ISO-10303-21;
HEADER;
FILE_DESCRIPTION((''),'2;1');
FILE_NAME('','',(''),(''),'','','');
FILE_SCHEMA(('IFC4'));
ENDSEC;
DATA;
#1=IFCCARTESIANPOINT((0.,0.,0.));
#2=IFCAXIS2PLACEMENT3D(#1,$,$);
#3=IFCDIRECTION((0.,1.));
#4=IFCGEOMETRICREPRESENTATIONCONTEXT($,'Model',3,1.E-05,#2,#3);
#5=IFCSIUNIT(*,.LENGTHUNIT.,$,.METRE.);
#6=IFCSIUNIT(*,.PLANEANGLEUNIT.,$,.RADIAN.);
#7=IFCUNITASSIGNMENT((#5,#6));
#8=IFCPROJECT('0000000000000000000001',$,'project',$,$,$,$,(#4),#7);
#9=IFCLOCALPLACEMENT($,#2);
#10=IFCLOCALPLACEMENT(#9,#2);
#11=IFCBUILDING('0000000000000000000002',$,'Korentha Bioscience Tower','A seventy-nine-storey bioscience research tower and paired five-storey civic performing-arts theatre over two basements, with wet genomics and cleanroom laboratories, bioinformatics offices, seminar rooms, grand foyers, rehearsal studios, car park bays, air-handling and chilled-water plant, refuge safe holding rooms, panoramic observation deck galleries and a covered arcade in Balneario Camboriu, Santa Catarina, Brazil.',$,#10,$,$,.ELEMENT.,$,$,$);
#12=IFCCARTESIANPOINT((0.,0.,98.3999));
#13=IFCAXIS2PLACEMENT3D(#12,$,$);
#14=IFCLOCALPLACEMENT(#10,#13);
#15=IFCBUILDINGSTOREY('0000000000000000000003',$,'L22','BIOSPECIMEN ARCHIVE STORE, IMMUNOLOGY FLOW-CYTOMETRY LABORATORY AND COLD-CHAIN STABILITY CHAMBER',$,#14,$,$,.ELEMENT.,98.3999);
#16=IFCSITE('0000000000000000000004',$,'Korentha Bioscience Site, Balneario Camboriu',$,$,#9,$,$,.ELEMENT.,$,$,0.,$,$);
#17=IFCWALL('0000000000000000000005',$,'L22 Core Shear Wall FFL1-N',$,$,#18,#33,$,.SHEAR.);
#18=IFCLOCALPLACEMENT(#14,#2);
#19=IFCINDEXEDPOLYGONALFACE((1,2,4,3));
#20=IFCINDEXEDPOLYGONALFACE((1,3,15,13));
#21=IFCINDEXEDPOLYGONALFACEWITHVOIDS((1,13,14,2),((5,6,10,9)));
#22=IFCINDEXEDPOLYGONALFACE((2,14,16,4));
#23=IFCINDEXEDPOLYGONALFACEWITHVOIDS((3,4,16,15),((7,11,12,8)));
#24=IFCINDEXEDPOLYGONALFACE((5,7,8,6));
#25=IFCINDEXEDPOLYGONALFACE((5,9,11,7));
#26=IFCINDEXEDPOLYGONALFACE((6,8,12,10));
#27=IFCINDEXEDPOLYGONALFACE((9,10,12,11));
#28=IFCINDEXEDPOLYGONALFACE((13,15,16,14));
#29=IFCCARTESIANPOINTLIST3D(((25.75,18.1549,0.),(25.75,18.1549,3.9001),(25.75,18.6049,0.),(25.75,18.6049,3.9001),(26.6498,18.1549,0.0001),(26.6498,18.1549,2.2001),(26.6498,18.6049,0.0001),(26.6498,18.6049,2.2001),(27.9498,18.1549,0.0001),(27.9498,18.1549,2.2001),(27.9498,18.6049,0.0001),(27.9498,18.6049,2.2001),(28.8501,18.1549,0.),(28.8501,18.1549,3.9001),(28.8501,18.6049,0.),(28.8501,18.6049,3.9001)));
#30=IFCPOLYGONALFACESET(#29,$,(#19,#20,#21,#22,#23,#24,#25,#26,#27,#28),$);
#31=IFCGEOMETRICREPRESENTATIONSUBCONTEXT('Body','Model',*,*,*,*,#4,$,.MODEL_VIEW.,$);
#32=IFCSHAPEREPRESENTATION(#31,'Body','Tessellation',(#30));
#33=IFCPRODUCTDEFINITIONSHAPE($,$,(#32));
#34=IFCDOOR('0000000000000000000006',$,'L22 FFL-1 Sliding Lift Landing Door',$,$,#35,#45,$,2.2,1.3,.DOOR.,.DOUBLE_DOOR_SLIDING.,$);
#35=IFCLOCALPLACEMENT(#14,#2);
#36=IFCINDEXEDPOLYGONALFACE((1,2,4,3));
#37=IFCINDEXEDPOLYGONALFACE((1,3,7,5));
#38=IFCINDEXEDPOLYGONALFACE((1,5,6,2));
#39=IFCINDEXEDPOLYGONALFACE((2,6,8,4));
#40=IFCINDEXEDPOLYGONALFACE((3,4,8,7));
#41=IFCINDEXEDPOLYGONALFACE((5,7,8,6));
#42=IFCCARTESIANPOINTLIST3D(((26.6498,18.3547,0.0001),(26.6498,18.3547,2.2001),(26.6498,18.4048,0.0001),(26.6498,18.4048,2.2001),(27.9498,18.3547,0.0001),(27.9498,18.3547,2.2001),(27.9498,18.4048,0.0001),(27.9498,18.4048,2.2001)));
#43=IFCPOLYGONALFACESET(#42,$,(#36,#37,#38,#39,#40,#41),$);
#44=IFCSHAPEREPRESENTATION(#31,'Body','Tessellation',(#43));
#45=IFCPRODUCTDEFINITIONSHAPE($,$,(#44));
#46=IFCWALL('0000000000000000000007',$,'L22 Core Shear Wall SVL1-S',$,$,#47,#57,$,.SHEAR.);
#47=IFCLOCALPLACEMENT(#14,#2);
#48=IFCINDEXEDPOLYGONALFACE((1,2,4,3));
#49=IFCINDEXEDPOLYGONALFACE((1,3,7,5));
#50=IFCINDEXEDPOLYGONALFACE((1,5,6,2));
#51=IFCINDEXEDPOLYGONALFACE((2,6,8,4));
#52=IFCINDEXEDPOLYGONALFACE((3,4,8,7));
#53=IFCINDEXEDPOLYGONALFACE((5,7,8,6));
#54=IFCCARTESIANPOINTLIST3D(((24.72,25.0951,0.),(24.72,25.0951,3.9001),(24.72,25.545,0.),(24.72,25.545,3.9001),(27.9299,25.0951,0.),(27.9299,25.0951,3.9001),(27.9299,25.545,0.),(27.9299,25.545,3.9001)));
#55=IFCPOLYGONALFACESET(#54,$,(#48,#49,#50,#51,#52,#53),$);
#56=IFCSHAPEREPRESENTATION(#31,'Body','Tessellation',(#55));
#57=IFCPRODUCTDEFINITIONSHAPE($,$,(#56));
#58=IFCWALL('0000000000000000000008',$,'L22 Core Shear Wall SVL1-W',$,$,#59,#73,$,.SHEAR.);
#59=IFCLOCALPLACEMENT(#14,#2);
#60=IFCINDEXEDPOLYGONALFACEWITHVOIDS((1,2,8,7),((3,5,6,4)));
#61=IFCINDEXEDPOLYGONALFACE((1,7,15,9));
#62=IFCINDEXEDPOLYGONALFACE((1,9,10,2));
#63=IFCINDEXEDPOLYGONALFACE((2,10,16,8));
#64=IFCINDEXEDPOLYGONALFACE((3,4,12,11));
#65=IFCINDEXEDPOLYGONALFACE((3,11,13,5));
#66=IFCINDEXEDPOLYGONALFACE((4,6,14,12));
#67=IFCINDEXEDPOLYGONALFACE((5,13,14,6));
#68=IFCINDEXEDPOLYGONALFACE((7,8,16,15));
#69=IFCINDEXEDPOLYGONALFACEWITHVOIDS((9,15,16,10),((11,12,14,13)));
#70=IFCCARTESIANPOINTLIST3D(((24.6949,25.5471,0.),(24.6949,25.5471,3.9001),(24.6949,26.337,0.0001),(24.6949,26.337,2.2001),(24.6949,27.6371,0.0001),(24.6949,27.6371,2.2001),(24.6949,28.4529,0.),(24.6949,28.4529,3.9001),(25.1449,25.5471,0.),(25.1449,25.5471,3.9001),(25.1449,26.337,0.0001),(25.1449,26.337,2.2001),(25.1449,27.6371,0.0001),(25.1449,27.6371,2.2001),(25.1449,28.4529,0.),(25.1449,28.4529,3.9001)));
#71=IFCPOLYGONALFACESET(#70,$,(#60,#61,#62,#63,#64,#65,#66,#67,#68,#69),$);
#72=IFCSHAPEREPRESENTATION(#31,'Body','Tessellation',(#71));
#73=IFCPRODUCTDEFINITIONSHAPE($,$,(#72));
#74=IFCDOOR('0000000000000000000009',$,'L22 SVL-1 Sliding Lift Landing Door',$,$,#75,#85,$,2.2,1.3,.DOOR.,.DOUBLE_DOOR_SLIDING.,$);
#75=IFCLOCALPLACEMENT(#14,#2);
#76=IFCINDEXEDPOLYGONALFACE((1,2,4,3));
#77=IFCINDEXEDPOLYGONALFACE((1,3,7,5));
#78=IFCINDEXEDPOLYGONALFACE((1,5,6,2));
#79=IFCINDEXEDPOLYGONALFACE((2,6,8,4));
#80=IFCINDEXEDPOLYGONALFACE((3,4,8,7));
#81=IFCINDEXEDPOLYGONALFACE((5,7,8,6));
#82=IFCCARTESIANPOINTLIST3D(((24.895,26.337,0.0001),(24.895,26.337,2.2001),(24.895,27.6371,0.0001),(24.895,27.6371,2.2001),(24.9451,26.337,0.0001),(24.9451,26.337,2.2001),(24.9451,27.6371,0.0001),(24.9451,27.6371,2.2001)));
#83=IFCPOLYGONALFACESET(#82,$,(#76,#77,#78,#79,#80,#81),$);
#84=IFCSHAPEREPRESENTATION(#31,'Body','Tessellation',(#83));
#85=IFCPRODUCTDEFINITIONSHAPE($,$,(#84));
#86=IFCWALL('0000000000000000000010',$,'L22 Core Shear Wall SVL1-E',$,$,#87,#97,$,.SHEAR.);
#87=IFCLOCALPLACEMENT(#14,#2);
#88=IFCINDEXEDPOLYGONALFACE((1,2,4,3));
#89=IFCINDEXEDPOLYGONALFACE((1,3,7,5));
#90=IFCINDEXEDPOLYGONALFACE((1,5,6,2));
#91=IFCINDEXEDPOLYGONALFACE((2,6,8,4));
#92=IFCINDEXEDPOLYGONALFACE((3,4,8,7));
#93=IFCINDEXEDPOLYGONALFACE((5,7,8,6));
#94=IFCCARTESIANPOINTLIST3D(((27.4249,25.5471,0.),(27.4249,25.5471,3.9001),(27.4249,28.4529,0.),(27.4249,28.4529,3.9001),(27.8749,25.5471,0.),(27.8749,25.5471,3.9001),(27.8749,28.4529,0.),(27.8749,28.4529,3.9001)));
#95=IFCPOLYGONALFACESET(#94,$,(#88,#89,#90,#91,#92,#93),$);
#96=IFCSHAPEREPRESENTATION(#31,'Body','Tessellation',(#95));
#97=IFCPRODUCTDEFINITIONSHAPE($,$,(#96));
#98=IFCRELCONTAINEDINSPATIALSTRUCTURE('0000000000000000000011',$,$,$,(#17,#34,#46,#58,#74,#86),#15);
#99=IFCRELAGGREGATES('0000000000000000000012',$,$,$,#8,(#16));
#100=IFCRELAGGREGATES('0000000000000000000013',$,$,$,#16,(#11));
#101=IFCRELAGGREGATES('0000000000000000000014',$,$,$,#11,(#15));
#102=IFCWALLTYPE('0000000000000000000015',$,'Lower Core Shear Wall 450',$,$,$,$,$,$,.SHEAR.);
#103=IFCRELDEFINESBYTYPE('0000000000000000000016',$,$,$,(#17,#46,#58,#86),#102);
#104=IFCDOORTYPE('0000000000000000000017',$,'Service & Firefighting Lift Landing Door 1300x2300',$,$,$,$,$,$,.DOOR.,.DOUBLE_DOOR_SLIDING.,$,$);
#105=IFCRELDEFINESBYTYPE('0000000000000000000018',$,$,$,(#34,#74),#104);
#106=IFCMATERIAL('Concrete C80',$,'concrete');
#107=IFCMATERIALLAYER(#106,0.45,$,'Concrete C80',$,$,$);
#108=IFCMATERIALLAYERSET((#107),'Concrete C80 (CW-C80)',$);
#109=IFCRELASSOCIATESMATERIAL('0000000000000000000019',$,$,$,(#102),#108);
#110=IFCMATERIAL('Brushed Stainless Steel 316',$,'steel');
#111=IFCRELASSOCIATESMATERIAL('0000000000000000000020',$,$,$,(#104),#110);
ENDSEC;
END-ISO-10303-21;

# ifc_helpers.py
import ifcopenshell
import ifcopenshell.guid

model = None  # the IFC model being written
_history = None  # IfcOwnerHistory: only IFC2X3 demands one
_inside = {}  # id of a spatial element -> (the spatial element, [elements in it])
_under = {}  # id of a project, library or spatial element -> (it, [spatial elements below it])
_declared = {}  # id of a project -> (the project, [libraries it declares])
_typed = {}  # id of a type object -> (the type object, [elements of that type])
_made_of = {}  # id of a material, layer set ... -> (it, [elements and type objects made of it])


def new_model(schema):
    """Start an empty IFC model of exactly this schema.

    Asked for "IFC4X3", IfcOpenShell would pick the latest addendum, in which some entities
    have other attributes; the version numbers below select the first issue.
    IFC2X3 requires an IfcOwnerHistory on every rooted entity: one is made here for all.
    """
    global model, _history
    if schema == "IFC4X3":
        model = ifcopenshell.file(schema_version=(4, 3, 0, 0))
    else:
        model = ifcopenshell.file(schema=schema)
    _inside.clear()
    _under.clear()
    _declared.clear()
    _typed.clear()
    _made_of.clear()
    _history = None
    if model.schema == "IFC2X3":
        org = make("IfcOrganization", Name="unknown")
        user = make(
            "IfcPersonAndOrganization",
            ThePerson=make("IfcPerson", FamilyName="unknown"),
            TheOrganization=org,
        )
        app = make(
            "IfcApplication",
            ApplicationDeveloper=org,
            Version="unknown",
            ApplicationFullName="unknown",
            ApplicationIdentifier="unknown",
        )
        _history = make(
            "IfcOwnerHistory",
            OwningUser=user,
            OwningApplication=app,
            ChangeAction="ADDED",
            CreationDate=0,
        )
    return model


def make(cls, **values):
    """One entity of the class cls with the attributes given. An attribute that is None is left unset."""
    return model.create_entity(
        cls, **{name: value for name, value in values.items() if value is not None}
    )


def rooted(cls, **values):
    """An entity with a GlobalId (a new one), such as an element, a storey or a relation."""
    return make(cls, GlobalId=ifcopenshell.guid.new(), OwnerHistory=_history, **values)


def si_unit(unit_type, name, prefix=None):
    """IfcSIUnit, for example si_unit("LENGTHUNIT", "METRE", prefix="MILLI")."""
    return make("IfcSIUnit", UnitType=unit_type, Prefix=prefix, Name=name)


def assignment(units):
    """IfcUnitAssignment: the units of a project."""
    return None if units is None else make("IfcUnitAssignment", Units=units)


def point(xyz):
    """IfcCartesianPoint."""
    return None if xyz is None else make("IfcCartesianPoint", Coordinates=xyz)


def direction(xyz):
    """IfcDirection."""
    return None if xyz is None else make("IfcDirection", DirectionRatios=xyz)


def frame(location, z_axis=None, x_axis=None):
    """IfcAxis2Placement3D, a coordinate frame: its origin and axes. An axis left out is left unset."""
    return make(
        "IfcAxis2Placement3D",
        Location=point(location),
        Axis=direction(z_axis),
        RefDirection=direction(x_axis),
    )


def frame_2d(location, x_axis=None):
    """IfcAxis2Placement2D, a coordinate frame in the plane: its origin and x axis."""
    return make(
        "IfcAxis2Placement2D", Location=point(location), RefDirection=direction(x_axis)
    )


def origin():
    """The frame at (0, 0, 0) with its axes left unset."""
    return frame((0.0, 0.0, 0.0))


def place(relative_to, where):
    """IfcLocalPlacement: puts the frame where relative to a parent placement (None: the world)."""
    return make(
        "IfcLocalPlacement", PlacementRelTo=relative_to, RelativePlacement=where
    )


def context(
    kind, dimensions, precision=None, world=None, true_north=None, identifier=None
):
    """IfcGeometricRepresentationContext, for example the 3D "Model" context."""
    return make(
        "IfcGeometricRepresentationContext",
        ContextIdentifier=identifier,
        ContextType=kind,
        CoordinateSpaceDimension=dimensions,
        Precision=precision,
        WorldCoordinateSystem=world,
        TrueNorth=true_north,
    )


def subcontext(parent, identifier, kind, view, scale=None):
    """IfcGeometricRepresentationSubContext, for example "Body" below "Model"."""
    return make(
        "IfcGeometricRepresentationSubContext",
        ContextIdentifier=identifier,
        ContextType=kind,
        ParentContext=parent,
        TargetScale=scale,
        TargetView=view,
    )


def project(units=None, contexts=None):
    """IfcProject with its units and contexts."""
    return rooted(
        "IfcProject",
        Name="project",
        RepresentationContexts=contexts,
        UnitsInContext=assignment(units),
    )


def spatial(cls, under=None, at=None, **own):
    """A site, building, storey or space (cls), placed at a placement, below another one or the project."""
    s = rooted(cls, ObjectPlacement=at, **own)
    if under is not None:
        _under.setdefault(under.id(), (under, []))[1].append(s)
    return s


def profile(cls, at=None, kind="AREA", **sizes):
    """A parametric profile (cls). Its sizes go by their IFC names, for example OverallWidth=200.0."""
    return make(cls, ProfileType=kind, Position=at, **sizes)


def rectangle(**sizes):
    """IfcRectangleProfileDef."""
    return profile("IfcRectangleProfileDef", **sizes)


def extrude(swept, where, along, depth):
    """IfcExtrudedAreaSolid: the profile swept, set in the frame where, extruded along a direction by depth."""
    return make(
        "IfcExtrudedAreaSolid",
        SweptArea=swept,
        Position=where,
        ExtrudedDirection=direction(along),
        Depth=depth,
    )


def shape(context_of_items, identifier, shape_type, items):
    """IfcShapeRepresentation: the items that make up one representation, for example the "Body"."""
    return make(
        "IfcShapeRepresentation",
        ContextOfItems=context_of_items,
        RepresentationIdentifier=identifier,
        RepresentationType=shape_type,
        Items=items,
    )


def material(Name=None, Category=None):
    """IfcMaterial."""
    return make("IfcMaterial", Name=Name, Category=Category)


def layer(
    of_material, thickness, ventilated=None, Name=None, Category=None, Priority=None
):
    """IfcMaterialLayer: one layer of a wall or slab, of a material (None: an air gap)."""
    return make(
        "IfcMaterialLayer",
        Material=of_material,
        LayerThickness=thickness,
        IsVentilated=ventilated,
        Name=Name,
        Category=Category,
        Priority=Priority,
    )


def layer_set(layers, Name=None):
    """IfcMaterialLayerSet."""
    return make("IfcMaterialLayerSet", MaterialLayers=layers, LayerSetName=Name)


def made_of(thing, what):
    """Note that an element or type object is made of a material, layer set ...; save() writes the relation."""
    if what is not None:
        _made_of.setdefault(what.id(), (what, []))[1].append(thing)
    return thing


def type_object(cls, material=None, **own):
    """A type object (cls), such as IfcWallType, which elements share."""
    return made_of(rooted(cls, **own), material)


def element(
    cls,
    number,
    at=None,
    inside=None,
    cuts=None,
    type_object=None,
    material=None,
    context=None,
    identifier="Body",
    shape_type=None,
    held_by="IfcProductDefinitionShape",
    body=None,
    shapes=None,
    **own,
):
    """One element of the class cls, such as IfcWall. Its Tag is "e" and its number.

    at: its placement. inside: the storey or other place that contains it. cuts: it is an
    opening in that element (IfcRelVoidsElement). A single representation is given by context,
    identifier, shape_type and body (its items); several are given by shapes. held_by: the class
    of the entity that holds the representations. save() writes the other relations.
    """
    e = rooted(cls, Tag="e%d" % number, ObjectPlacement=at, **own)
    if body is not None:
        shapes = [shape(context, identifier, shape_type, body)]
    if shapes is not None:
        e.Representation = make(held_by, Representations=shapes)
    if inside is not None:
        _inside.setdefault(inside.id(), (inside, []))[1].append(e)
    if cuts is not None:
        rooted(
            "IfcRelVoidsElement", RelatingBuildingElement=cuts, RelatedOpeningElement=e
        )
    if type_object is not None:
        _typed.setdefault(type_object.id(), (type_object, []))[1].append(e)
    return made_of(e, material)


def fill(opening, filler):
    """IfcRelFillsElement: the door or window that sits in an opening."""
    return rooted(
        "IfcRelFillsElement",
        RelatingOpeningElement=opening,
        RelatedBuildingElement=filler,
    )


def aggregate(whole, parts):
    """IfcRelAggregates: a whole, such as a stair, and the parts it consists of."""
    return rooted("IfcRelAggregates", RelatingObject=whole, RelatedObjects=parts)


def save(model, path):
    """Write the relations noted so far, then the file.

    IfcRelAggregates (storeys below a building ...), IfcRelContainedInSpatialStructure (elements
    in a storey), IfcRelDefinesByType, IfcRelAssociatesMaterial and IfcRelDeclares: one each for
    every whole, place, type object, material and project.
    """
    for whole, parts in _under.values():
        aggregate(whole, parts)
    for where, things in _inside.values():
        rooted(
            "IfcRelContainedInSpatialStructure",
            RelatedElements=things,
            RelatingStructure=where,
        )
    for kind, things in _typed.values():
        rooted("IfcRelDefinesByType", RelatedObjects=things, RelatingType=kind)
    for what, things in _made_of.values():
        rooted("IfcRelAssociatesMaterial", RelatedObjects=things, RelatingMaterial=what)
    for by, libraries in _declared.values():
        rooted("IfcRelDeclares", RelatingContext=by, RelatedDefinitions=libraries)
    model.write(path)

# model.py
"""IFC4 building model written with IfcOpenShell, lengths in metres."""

from ifc_helpers import new_model, si_unit, direction, frame, frame_2d, origin, place, context, subcontext, project, spatial, rectangle, extrude, material, layer, layer_set, type_object, element, fill, save


model = new_model("IFC4")

# Units and contexts
model_context = context("Model", 3, precision=1e-05, world=origin(), true_north=direction((0.0, 1.0)))
body_context = subcontext(model_context, "Body", "Model", "MODEL_VIEW")
ifc_project = project(units=[si_unit("LENGTHUNIT", "METRE"), si_unit("PLANEANGLEUNIT", "RADIAN")], contexts=[model_context])

# Site, building, storey
site_placement = place(None, origin())
site = spatial("IfcSite", under=ifc_project, at=site_placement, Name="Korentha Bioscience Site, Balneario Camboriu", CompositionType="ELEMENT", RefElevation=0.0)
building_placement = place(site_placement, origin())
building = spatial("IfcBuilding", under=site, at=building_placement, Name="Korentha Bioscience Tower", Description="A seventy-nine-storey bioscience research tower and paired five-storey civic performing-arts theatre over two basements, with wet genomics and cleanroom laboratories, bioinformatics offices, seminar rooms, grand foyers, rehearsal studios, car park bays, air-handling and chilled-water plant, refuge safe holding rooms, panoramic observation deck galleries and a covered arcade in Balneario Camboriu, Santa Catarina, Brazil.", CompositionType="ELEMENT")
storey_placement = place(building_placement, frame((0.0, 0.0, 98.3999)))
storey = spatial("IfcBuildingStorey", under=building, at=storey_placement, Name="L22", Description="BIOSPECIMEN ARCHIVE STORE, IMMUNOLOGY FLOW-CYTOMETRY LABORATORY AND COLD-CHAIN STABILITY CHAMBER", CompositionType="ELEMENT", Elevation=98.3999)

# Shared definitions
ifc_material_1 = material(Name="Concrete C80", Category="concrete")

# Shared definitions
ifc_layer_1 = layer(ifc_material_1, 0.45, Name="Concrete C80")
ifc_layer_set_1 = layer_set([ifc_layer_1], Name="Concrete C80 (CW-C80)")
wall_type_1 = type_object("IfcWallType", Name="Lower Core Shear Wall 450", PredefinedType="SHEAR", material=ifc_layer_set_1)

# Wall, opening, door
wall_1_placement = place(storey_placement, frame((25.75, 18.3799, 0.0), z_axis=(0.0, 0.0, 1.0), x_axis=(1.0, 0.0, 0.0)))
wall_1 = element("IfcWall", 1, at=wall_1_placement, inside=storey, type_object=wall_type_1, Name="L22 Core Shear Wall FFL1-N", PredefinedType="SHEAR", context=body_context, shape_type="SweptSolid", body=[
    extrude(rectangle(XDim=3.1001, YDim=0.45, at=frame_2d((1.55, 0.0))), origin(), (0.0, 0.0, 1.0), 3.9001),
])
opening_1_placement = place(wall_1_placement, frame((0.8999, 0.0, 0.0)))
opening_1 = element("IfcOpeningElement", 2, at=opening_1_placement, cuts=wall_1, PredefinedType="OPENING", context=body_context, shape_type="SweptSolid", body=[
    extrude(rectangle(XDim=1.3, YDim=2.2, at=frame_2d((0.6499, 1.1001))), frame((0.0, 0.2397, 0.0), z_axis=(0.0, -1.0, 0.0), x_axis=(1.0, 0.0, 0.0)), (0.0, 0.0, 1.0), 0.4797),
])
ifc_material_2 = material(Name="Brushed Stainless Steel 316", Category="steel")
door_type_1 = type_object("IfcDoorType", Name="Service & Firefighting Lift Landing Door 1300x2300", OperationType="DOUBLE_DOOR_SLIDING", PredefinedType="DOOR", material=ifc_material_2)
door_1_placement = place(opening_1_placement, origin())
door_1 = element("IfcDoor", 3, at=door_1_placement, inside=storey, type_object=door_type_1, Name="L22 FFL-1 Sliding Lift Landing Door", OperationType="DOUBLE_DOOR_SLIDING", OverallHeight=2.2, OverallWidth=1.3, PredefinedType="DOOR", context=body_context, shape_type="SweptSolid", body=[
    extrude(rectangle(XDim=1.3, YDim=2.2, at=frame_2d((0.6499, 1.1001))), frame((0.0, 0.0249, 0.0), z_axis=(0.0, -1.0, 0.0), x_axis=(1.0, 0.0, 0.0)), (0.0, 0.0, 1.0), 0.05),
])
fill(opening_1, door_1)

# Wall
wall_2_placement = place(storey_placement, frame((24.72, 25.3201, 0.0), z_axis=(0.0, 0.0, 1.0), x_axis=(1.0, 0.0, 0.0)))
element("IfcWall", 4, at=wall_2_placement, inside=storey, type_object=wall_type_1, Name="L22 Core Shear Wall SVL1-S", PredefinedType="SHEAR", context=body_context, shape_type="SweptSolid", body=[
    extrude(rectangle(XDim=3.21, YDim=0.45, at=frame_2d((1.605, 0.0))), origin(), (0.0, 0.0, 1.0), 3.9001),
])

# Wall, opening, door
wall_3_placement = place(storey_placement, frame((24.9199, 25.5471, 0.0), z_axis=(0.0, 0.0, 1.0), x_axis=(0.0, 1.0, 0.0)))
wall_3 = element("IfcWall", 5, at=wall_3_placement, inside=storey, type_object=wall_type_1, Name="L22 Core Shear Wall SVL1-W", PredefinedType="SHEAR", context=body_context, shape_type="SweptSolid", body=[
    extrude(rectangle(XDim=2.9058, YDim=0.45, at=frame_2d((1.4529, 0.0))), origin(), (0.0, 0.0, 1.0), 3.9001),
])
opening_2_placement = place(wall_3_placement, frame((0.79, 0.0, 0.0)))
opening_2 = element("IfcOpeningElement", 6, at=opening_2_placement, cuts=wall_3, PredefinedType="OPENING", context=body_context, shape_type="SweptSolid", body=[
    extrude(rectangle(XDim=1.3, YDim=2.2, at=frame_2d((0.6499, 1.1001))), frame((0.0, 0.2397, 0.0), z_axis=(0.0, -1.0, 0.0), x_axis=(1.0, 0.0, 0.0)), (0.0, 0.0, 1.0), 0.4797),
])
door_2_placement = place(opening_2_placement, origin())
door_2 = element("IfcDoor", 7, at=door_2_placement, inside=storey, type_object=door_type_1, Name="L22 SVL-1 Sliding Lift Landing Door", OperationType="DOUBLE_DOOR_SLIDING", OverallHeight=2.2, OverallWidth=1.3, PredefinedType="DOOR", context=body_context, shape_type="SweptSolid", body=[
    extrude(rectangle(XDim=1.3, YDim=2.2, at=frame_2d((0.6499, 1.1001))), frame((0.0, 0.0249, 0.0), z_axis=(0.0, -1.0, 0.0), x_axis=(1.0, 0.0, 0.0)), (0.0, 0.0, 1.0), 0.05),
])
fill(opening_2, door_2)

# Wall
wall_4_placement = place(storey_placement, frame((27.6499, 25.5471, 0.0), z_axis=(0.0, 0.0, 1.0), x_axis=(0.0, 1.0, 0.0)))
element("IfcWall", 8, at=wall_4_placement, inside=storey, type_object=wall_type_1, Name="L22 Core Shear Wall SVL1-E", PredefinedType="SHEAR", context=body_context, shape_type="SweptSolid", body=[
    extrude(rectangle(XDim=2.9058, YDim=0.45, at=frame_2d((1.4529, 0.0))), origin(), (0.0, 0.0, 1.0), 3.9001),
])

save(model, "model.ifc")
